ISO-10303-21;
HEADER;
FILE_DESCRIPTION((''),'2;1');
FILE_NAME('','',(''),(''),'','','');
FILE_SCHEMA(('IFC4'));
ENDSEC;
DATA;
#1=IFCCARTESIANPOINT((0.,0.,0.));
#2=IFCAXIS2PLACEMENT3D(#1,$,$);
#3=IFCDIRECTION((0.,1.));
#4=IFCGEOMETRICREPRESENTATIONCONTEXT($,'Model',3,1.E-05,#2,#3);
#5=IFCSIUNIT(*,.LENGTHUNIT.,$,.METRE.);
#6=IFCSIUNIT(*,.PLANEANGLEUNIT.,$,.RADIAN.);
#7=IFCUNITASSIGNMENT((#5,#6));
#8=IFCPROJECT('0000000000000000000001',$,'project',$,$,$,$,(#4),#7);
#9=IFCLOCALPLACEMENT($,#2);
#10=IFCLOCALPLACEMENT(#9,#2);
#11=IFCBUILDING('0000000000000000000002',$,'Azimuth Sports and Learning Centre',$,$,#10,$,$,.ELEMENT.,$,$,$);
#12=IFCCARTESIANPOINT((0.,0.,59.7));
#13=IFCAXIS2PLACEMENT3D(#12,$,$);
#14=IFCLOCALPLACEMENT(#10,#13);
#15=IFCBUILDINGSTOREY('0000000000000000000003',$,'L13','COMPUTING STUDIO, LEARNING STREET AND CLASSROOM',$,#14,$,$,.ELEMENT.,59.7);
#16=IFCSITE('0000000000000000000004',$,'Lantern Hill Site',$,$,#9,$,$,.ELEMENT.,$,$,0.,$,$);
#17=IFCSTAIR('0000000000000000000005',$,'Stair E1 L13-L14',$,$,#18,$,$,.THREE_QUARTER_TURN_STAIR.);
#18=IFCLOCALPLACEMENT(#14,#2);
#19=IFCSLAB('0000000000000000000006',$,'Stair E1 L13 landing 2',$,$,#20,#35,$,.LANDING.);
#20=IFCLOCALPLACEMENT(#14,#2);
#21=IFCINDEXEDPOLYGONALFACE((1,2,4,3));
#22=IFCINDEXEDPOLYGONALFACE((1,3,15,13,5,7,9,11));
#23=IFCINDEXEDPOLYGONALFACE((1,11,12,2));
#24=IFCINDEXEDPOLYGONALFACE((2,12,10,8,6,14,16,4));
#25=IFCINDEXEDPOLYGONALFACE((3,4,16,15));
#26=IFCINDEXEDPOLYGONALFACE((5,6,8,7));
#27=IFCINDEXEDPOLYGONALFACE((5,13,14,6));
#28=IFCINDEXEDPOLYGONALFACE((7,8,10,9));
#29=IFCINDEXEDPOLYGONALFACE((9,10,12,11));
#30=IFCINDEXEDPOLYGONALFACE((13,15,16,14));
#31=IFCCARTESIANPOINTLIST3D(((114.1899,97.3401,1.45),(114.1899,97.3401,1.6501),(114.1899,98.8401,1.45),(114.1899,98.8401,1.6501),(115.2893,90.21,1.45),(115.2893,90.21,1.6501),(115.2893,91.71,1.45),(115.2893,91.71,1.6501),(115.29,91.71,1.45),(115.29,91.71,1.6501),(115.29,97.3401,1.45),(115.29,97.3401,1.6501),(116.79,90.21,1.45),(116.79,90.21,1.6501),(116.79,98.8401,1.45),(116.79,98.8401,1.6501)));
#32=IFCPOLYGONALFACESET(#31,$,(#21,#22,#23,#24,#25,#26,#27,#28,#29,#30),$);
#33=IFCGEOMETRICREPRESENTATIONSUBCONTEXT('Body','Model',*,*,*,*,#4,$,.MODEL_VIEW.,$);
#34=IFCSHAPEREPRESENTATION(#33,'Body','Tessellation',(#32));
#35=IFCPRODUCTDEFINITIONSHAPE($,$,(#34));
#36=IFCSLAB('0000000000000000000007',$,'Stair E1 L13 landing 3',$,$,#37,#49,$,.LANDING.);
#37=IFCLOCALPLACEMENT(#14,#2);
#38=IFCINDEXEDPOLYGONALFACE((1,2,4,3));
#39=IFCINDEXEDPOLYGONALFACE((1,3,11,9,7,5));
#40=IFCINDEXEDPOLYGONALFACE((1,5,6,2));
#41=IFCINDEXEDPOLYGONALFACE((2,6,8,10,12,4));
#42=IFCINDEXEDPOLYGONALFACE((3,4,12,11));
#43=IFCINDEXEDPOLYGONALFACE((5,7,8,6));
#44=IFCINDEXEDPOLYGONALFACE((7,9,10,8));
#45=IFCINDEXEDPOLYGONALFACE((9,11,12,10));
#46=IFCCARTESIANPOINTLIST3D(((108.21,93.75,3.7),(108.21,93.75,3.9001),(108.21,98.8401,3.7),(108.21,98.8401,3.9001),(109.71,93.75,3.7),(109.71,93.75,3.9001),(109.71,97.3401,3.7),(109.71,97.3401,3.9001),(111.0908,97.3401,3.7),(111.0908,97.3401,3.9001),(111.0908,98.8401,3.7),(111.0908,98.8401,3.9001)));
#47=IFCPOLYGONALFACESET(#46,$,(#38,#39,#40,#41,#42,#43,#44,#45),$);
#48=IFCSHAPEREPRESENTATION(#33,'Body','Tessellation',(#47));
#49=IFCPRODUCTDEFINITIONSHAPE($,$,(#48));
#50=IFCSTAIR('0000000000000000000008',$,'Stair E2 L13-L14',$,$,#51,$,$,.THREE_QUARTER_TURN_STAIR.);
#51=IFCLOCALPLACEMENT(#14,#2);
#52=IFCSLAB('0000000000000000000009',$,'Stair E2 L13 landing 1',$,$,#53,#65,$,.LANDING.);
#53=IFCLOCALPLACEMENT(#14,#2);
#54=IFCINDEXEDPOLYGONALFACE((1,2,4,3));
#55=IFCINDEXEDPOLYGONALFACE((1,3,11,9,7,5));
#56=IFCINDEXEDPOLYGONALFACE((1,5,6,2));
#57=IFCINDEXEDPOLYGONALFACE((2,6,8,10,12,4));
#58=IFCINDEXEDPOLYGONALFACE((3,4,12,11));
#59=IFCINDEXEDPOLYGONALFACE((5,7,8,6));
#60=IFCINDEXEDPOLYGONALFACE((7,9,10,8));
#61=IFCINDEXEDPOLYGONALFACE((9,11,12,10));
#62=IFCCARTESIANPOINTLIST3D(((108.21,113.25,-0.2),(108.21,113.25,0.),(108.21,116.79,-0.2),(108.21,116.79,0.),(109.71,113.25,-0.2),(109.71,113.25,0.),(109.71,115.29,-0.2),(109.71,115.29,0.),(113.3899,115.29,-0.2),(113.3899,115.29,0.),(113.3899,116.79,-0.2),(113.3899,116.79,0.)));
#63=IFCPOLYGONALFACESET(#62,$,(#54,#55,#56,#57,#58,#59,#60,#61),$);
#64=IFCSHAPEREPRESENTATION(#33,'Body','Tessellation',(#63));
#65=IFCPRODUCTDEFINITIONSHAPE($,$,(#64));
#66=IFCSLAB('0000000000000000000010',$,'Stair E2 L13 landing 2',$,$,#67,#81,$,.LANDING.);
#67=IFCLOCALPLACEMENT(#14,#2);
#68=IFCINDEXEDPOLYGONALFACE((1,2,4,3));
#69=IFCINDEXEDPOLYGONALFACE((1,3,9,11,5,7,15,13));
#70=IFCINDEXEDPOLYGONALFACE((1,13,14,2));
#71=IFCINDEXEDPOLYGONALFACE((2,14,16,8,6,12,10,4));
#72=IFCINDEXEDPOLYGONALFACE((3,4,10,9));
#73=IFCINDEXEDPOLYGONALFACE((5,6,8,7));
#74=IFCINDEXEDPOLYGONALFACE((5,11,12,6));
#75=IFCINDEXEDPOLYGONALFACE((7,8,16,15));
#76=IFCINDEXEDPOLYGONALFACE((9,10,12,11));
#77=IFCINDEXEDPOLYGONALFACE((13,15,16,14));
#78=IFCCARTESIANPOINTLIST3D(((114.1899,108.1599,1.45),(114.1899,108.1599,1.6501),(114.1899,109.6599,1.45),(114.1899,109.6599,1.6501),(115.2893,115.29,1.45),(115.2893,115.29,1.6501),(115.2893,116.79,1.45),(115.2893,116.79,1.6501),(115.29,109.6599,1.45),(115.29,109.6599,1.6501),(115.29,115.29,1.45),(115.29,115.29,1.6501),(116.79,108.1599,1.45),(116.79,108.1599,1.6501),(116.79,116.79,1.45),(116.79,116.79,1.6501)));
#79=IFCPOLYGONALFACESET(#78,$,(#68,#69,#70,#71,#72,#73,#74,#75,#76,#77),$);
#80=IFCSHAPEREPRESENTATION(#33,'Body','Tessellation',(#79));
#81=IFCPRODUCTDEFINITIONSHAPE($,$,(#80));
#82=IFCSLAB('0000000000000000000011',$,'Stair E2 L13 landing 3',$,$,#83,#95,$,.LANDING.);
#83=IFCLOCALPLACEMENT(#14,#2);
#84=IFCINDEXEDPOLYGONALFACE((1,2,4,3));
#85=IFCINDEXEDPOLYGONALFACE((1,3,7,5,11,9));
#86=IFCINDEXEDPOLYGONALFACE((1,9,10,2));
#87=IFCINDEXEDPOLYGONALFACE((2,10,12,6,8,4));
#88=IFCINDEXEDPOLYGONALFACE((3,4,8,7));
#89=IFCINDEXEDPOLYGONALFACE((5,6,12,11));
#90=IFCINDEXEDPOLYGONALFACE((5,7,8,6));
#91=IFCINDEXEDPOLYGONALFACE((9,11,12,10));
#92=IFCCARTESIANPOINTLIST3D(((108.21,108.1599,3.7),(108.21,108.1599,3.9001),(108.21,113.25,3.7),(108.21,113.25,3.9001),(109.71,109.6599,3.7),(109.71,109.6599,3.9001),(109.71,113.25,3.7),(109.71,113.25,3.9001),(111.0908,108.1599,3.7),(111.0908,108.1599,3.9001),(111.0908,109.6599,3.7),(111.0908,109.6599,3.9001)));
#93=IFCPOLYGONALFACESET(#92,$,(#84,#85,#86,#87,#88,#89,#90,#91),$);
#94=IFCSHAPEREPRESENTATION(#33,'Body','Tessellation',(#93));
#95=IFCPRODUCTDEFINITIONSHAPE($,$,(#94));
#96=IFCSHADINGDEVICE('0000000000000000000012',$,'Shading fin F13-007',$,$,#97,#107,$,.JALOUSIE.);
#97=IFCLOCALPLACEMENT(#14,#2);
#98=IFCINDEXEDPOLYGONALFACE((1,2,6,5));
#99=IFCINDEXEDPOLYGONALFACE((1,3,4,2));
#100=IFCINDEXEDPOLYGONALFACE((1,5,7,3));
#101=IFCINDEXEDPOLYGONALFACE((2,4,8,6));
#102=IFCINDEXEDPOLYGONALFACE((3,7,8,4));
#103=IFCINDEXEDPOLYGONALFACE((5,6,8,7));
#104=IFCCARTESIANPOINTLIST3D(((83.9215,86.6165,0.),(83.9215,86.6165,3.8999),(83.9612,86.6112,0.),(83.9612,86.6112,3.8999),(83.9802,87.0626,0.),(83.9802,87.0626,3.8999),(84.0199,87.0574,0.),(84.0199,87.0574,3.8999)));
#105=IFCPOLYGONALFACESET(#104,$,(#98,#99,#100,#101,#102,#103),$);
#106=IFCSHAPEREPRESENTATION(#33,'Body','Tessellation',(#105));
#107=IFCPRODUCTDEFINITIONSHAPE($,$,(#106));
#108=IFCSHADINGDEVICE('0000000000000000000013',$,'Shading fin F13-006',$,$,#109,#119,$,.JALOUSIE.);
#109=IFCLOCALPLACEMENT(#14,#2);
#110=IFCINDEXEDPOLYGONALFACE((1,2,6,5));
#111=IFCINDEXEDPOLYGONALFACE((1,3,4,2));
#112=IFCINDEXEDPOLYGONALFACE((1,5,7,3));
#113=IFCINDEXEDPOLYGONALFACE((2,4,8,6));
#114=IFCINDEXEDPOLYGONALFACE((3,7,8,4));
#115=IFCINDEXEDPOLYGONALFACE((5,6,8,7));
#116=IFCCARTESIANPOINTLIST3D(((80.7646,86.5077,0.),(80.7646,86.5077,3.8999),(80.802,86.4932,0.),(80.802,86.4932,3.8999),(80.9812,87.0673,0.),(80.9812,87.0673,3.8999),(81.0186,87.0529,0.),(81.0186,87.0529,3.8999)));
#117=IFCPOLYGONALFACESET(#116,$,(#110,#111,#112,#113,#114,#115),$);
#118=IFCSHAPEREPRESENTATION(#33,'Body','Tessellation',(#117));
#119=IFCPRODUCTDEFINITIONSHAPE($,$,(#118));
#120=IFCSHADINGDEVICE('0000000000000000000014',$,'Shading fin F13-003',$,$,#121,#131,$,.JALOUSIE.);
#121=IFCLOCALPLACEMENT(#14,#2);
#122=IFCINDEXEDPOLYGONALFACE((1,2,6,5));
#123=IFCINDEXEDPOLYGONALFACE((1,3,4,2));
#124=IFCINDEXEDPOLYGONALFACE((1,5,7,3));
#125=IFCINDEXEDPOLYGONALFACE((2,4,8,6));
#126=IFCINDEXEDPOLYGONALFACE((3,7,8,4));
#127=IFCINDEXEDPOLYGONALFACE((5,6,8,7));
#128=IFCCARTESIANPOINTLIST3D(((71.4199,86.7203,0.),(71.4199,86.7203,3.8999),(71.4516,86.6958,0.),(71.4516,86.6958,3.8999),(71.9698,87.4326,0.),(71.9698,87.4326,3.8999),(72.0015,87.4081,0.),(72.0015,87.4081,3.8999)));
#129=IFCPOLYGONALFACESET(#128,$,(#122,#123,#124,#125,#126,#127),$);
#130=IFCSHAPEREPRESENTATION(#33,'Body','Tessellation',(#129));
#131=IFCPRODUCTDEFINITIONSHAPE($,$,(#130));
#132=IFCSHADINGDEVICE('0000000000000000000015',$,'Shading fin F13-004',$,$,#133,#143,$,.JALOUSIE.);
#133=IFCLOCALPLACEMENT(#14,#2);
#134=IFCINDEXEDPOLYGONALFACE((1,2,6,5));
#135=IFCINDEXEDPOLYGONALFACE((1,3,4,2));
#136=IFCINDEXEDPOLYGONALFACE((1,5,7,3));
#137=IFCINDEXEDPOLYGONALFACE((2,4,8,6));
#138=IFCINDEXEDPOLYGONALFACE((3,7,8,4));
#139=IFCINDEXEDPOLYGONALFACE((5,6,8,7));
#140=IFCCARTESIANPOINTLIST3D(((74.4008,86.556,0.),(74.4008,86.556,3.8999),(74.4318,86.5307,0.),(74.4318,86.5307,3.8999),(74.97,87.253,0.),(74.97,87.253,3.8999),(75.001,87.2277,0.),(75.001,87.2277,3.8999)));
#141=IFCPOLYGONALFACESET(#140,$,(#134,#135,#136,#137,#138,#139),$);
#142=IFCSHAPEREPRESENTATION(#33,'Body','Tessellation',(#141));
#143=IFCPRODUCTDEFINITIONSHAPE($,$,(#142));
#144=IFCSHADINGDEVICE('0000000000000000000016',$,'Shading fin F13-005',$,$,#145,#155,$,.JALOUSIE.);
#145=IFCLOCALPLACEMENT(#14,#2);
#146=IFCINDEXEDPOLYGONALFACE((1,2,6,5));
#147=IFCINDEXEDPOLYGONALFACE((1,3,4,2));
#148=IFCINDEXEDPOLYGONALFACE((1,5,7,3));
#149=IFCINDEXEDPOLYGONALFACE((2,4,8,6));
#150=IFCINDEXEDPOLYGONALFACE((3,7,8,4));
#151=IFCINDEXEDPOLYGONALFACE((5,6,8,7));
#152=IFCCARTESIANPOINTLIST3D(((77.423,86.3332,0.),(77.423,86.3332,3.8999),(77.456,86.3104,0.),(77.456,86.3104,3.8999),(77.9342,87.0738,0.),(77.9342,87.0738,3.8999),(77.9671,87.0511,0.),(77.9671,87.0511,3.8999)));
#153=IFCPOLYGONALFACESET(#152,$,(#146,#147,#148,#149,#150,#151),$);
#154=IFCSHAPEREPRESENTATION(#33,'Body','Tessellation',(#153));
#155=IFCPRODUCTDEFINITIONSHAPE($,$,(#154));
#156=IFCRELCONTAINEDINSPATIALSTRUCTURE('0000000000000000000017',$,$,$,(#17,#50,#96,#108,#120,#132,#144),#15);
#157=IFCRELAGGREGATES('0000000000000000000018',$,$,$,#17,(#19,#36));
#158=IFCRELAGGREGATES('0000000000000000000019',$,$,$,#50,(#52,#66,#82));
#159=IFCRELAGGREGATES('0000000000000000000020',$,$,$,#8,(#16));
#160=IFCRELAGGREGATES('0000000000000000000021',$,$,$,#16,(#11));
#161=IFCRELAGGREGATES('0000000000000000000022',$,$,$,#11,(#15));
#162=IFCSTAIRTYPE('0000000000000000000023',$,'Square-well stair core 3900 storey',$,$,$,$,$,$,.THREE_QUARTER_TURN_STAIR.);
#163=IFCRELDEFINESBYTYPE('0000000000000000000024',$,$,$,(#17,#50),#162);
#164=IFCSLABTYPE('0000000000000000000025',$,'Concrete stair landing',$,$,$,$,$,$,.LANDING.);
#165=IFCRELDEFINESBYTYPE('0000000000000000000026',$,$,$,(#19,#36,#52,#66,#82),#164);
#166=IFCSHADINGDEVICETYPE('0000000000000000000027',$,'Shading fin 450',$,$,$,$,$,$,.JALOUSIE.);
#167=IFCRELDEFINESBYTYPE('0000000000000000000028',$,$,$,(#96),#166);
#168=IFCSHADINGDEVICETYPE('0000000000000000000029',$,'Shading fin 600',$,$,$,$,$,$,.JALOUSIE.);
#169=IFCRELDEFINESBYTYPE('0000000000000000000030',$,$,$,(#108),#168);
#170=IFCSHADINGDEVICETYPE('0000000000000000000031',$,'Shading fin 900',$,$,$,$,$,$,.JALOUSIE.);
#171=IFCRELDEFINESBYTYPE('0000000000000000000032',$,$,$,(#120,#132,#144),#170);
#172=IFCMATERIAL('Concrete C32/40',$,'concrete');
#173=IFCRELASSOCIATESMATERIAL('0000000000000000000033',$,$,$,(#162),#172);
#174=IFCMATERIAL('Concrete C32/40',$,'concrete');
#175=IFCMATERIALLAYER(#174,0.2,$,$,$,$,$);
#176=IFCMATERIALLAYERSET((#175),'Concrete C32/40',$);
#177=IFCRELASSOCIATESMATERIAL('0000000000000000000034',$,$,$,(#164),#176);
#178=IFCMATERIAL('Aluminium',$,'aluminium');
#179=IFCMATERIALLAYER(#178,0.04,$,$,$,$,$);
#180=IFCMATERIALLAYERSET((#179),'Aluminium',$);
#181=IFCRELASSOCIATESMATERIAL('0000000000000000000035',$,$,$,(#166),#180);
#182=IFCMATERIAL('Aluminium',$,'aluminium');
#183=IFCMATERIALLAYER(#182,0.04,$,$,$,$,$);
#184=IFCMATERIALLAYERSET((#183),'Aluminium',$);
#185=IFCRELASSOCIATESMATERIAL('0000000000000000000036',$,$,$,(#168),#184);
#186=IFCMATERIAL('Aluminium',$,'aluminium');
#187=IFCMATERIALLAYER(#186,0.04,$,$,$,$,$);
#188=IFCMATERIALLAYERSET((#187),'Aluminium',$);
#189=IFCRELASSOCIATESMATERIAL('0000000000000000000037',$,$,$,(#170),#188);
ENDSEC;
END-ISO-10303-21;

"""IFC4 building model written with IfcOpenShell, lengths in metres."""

from ifc_helpers import new_model, si_unit, direction, frame, origin, origin_2d, place, context, subcontext, project, spatial, polyline, rectangle, outline, extrude, material, layer, layer_set, type_object, element, aggregate, save


model = new_model("IFC4")

# Units and contexts
model_context = context("Model", 3, precision=1e-05, world=origin(), true_north=direction((0.0, 1.0)))
body_context = subcontext(model_context, "Body", "Model", "MODEL_VIEW")
ifc_project = project(units=[si_unit("LENGTHUNIT", "METRE"), si_unit("PLANEANGLEUNIT", "RADIAN")], contexts=[model_context])

# Site, building, storey
site_placement = place(None, origin())
site = spatial("IfcSite", under=ifc_project, at=site_placement, Name="Lantern Hill Site", CompositionType="ELEMENT", RefElevation=0.0)
building_placement = place(site_placement, origin())
building = spatial("IfcBuilding", under=site, at=building_placement, Name="Azimuth Sports and Learning Centre", CompositionType="ELEMENT")
storey_placement = place(building_placement, frame((0.0, 0.0, 59.7)))
storey = spatial("IfcBuildingStorey", under=building, at=storey_placement, Name="L13", Description="COMPUTING STUDIO, LEARNING STREET AND CLASSROOM", CompositionType="ELEMENT", Elevation=59.7)

# Stairs, slabs
ifc_material_1 = material(Name="Concrete C32/40", Category="concrete")
stair_type = type_object("IfcStairType", Name="Square-well stair core 3900 storey", PredefinedType="THREE_QUARTER_TURN_STAIR", material=ifc_material_1)
ifc_material_2 = material(Name="Concrete C32/40", Category="concrete")
ifc_layer_1 = layer(ifc_material_2, 0.2)
ifc_layer_set_1 = layer_set([ifc_layer_1], Name="Concrete C32/40")
slab_type_1 = type_object("IfcSlabType", Name="Concrete stair landing", PredefinedType="LANDING", material=ifc_layer_set_1)
stair_1_placement = place(storey_placement, origin())
stair_1 = element("IfcStair", 1, at=stair_1_placement, inside=storey, type_object=stair_type, Name="Stair E1 L13-L14", PredefinedType="THREE_QUARTER_TURN_STAIR")
slab_1_placement = place(storey_placement, frame((0.0, 0.0, 1.45)))
slab_1 = element("IfcSlab", 2, at=slab_1_placement, type_object=slab_type_1, Name="Stair E1 L13 landing 2", PredefinedType="LANDING", context=body_context, shape_type="SweptSolid", body=[
    extrude(outline(polyline([(115.29, 91.71), (115.2893, 91.71), (115.2893, 90.21), (116.79, 90.21), (116.79, 98.8401), (114.1899, 98.8401), (114.1899, 97.3401), (115.29, 97.3401), (115.29, 91.71)])), origin(), (0.0, 0.0, 1.0), 0.2002),
])
slab_2_placement = place(storey_placement, frame((0.0, 0.0, 3.7)))
slab_2 = element("IfcSlab", 3, at=slab_2_placement, type_object=slab_type_1, Name="Stair E1 L13 landing 3", PredefinedType="LANDING", context=body_context, shape_type="SweptSolid", body=[
    extrude(outline(polyline([(109.71, 97.3401), (111.0908, 97.3401), (111.0908, 98.8401), (108.21, 98.8401), (108.21, 93.75), (109.71, 93.75), (109.71, 97.3401)])), origin(), (0.0, 0.0, 1.0), 0.2002),
])
aggregate(stair_1, [slab_1, slab_2])
stair_2_placement = place(storey_placement, origin())
stair_2 = element("IfcStair", 4, at=stair_2_placement, inside=storey, type_object=stair_type, Name="Stair E2 L13-L14", PredefinedType="THREE_QUARTER_TURN_STAIR")
slab_3_placement = place(storey_placement, frame((0.0, 0.0, -0.2)))
slab_3 = element("IfcSlab", 5, at=slab_3_placement, type_object=slab_type_1, Name="Stair E2 L13 landing 1", PredefinedType="LANDING", context=body_context, shape_type="SweptSolid", body=[
    extrude(outline(polyline([(108.21, 116.79), (108.21, 113.25), (109.71, 113.25), (109.71, 115.29), (113.3899, 115.29), (113.3899, 116.79), (108.21, 116.79)])), origin(), (0.0, 0.0, 1.0), 0.2),
])
slab_4_placement = place(storey_placement, frame((0.0, 0.0, 1.45)))
slab_4 = element("IfcSlab", 6, at=slab_4_placement, type_object=slab_type_1, Name="Stair E2 L13 landing 2", PredefinedType="LANDING", context=body_context, shape_type="SweptSolid", body=[
    extrude(outline(polyline([(115.29, 115.29), (115.29, 109.6599), (114.1899, 109.6599), (114.1899, 108.1599), (116.79, 108.1599), (116.79, 116.79), (115.2893, 116.79), (115.2893, 115.29), (115.29, 115.29)])), origin(), (0.0, 0.0, 1.0), 0.2002),
])
slab_5_placement = place(storey_placement, frame((0.0, 0.0, 3.7)))
slab_5 = element("IfcSlab", 7, at=slab_5_placement, type_object=slab_type_1, Name="Stair E2 L13 landing 3", PredefinedType="LANDING", context=body_context, shape_type="SweptSolid", body=[
    extrude(outline(polyline([(109.71, 109.6599), (109.71, 113.25), (108.21, 113.25), (108.21, 108.1599), (111.0908, 108.1599), (111.0908, 109.6599), (109.71, 109.6599)])), origin(), (0.0, 0.0, 1.0), 0.2002),
])
aggregate(stair_2, [slab_3, slab_4, slab_5])

# Shading devices
ifc_material_3 = material(Name="Aluminium", Category="aluminium")
ifc_layer_2 = layer(ifc_material_3, 0.04)
ifc_layer_set_2 = layer_set([ifc_layer_2], Name="Aluminium")
shading_device_type_1 = type_object("IfcShadingDeviceType", Name="Shading fin 450", PredefinedType="JALOUSIE", material=ifc_layer_set_2)
shading_device_1_placement = place(storey_placement, frame((83.9707, 86.8369, 0.0), z_axis=(0.0, 0.0, 1.0), x_axis=(-0.130264, -0.991479, 0.0)))
element("IfcShadingDevice", 8, at=shading_device_1_placement, inside=storey, type_object=shading_device_type_1, Name="Shading fin F13-007", PredefinedType="JALOUSIE", context=body_context, shape_type="SweptSolid", body=[
    extrude(rectangle(XDim=0.45, YDim=0.04, at=origin_2d()), origin(), (0.0, 0.0, 1.0), 3.8999),
])
ifc_material_4 = material(Name="Aluminium", Category="aluminium")
ifc_layer_3 = layer(ifc_material_4, 0.04)
ifc_layer_set_3 = layer_set([ifc_layer_3], Name="Aluminium")
shading_device_type_2 = type_object("IfcShadingDeviceType", Name="Shading fin 600", PredefinedType="JALOUSIE", material=ifc_layer_set_3)
shading_device_2_placement = place(storey_placement, frame((80.8916, 86.7803, 0.0), z_axis=(0.0, 0.0, 1.0), x_axis=(-0.360978, -0.932574, 0.0)))
element("IfcShadingDevice", 9, at=shading_device_2_placement, inside=storey, type_object=shading_device_type_2, Name="Shading fin F13-006", PredefinedType="JALOUSIE", context=body_context, shape_type="SweptSolid", body=[
    extrude(rectangle(XDim=0.6001, YDim=0.04, at=origin_2d()), origin(), (0.0, 0.0, 1.0), 3.8999),
])
ifc_material_5 = material(Name="Aluminium", Category="aluminium")
ifc_layer_4 = layer(ifc_material_5, 0.04)
ifc_layer_set_4 = layer_set([ifc_layer_4], Name="Aluminium")
shading_device_type_3 = type_object("IfcShadingDeviceType", Name="Shading fin 900", PredefinedType="JALOUSIE", material=ifc_layer_set_4)
for number, where, z_axis, x_axis, name in (
    (10, (71.7107, 87.0642, 0.0), (0.0, 0.0, 1.0), (-0.611135, -0.791526, 0.0), "Shading fin F13-003"),
    (11, (74.7009, 86.8918, 0.0), (0.0, 0.0, 1.0), (-0.632522, -0.774543, 0.0), "Shading fin F13-004"),
    (12, (77.6951, 86.6921, 0.0), (0.0, 0.0, 1.0), (-0.567995, -0.823032, 0.0), "Shading fin F13-005"),
):
    element("IfcShadingDevice", number, at=place(storey_placement, frame(where, z_axis=z_axis, x_axis=x_axis)), inside=storey, type_object=shading_device_type_3, Name=name, PredefinedType="JALOUSIE", context=body_context, shape_type="SweptSolid", body=[
        extrude(rectangle(XDim=0.8999, YDim=0.04, at=origin_2d()), origin(), (0.0, 0.0, 1.0), 3.8999),
    ])

save(model, "model.ifc")
